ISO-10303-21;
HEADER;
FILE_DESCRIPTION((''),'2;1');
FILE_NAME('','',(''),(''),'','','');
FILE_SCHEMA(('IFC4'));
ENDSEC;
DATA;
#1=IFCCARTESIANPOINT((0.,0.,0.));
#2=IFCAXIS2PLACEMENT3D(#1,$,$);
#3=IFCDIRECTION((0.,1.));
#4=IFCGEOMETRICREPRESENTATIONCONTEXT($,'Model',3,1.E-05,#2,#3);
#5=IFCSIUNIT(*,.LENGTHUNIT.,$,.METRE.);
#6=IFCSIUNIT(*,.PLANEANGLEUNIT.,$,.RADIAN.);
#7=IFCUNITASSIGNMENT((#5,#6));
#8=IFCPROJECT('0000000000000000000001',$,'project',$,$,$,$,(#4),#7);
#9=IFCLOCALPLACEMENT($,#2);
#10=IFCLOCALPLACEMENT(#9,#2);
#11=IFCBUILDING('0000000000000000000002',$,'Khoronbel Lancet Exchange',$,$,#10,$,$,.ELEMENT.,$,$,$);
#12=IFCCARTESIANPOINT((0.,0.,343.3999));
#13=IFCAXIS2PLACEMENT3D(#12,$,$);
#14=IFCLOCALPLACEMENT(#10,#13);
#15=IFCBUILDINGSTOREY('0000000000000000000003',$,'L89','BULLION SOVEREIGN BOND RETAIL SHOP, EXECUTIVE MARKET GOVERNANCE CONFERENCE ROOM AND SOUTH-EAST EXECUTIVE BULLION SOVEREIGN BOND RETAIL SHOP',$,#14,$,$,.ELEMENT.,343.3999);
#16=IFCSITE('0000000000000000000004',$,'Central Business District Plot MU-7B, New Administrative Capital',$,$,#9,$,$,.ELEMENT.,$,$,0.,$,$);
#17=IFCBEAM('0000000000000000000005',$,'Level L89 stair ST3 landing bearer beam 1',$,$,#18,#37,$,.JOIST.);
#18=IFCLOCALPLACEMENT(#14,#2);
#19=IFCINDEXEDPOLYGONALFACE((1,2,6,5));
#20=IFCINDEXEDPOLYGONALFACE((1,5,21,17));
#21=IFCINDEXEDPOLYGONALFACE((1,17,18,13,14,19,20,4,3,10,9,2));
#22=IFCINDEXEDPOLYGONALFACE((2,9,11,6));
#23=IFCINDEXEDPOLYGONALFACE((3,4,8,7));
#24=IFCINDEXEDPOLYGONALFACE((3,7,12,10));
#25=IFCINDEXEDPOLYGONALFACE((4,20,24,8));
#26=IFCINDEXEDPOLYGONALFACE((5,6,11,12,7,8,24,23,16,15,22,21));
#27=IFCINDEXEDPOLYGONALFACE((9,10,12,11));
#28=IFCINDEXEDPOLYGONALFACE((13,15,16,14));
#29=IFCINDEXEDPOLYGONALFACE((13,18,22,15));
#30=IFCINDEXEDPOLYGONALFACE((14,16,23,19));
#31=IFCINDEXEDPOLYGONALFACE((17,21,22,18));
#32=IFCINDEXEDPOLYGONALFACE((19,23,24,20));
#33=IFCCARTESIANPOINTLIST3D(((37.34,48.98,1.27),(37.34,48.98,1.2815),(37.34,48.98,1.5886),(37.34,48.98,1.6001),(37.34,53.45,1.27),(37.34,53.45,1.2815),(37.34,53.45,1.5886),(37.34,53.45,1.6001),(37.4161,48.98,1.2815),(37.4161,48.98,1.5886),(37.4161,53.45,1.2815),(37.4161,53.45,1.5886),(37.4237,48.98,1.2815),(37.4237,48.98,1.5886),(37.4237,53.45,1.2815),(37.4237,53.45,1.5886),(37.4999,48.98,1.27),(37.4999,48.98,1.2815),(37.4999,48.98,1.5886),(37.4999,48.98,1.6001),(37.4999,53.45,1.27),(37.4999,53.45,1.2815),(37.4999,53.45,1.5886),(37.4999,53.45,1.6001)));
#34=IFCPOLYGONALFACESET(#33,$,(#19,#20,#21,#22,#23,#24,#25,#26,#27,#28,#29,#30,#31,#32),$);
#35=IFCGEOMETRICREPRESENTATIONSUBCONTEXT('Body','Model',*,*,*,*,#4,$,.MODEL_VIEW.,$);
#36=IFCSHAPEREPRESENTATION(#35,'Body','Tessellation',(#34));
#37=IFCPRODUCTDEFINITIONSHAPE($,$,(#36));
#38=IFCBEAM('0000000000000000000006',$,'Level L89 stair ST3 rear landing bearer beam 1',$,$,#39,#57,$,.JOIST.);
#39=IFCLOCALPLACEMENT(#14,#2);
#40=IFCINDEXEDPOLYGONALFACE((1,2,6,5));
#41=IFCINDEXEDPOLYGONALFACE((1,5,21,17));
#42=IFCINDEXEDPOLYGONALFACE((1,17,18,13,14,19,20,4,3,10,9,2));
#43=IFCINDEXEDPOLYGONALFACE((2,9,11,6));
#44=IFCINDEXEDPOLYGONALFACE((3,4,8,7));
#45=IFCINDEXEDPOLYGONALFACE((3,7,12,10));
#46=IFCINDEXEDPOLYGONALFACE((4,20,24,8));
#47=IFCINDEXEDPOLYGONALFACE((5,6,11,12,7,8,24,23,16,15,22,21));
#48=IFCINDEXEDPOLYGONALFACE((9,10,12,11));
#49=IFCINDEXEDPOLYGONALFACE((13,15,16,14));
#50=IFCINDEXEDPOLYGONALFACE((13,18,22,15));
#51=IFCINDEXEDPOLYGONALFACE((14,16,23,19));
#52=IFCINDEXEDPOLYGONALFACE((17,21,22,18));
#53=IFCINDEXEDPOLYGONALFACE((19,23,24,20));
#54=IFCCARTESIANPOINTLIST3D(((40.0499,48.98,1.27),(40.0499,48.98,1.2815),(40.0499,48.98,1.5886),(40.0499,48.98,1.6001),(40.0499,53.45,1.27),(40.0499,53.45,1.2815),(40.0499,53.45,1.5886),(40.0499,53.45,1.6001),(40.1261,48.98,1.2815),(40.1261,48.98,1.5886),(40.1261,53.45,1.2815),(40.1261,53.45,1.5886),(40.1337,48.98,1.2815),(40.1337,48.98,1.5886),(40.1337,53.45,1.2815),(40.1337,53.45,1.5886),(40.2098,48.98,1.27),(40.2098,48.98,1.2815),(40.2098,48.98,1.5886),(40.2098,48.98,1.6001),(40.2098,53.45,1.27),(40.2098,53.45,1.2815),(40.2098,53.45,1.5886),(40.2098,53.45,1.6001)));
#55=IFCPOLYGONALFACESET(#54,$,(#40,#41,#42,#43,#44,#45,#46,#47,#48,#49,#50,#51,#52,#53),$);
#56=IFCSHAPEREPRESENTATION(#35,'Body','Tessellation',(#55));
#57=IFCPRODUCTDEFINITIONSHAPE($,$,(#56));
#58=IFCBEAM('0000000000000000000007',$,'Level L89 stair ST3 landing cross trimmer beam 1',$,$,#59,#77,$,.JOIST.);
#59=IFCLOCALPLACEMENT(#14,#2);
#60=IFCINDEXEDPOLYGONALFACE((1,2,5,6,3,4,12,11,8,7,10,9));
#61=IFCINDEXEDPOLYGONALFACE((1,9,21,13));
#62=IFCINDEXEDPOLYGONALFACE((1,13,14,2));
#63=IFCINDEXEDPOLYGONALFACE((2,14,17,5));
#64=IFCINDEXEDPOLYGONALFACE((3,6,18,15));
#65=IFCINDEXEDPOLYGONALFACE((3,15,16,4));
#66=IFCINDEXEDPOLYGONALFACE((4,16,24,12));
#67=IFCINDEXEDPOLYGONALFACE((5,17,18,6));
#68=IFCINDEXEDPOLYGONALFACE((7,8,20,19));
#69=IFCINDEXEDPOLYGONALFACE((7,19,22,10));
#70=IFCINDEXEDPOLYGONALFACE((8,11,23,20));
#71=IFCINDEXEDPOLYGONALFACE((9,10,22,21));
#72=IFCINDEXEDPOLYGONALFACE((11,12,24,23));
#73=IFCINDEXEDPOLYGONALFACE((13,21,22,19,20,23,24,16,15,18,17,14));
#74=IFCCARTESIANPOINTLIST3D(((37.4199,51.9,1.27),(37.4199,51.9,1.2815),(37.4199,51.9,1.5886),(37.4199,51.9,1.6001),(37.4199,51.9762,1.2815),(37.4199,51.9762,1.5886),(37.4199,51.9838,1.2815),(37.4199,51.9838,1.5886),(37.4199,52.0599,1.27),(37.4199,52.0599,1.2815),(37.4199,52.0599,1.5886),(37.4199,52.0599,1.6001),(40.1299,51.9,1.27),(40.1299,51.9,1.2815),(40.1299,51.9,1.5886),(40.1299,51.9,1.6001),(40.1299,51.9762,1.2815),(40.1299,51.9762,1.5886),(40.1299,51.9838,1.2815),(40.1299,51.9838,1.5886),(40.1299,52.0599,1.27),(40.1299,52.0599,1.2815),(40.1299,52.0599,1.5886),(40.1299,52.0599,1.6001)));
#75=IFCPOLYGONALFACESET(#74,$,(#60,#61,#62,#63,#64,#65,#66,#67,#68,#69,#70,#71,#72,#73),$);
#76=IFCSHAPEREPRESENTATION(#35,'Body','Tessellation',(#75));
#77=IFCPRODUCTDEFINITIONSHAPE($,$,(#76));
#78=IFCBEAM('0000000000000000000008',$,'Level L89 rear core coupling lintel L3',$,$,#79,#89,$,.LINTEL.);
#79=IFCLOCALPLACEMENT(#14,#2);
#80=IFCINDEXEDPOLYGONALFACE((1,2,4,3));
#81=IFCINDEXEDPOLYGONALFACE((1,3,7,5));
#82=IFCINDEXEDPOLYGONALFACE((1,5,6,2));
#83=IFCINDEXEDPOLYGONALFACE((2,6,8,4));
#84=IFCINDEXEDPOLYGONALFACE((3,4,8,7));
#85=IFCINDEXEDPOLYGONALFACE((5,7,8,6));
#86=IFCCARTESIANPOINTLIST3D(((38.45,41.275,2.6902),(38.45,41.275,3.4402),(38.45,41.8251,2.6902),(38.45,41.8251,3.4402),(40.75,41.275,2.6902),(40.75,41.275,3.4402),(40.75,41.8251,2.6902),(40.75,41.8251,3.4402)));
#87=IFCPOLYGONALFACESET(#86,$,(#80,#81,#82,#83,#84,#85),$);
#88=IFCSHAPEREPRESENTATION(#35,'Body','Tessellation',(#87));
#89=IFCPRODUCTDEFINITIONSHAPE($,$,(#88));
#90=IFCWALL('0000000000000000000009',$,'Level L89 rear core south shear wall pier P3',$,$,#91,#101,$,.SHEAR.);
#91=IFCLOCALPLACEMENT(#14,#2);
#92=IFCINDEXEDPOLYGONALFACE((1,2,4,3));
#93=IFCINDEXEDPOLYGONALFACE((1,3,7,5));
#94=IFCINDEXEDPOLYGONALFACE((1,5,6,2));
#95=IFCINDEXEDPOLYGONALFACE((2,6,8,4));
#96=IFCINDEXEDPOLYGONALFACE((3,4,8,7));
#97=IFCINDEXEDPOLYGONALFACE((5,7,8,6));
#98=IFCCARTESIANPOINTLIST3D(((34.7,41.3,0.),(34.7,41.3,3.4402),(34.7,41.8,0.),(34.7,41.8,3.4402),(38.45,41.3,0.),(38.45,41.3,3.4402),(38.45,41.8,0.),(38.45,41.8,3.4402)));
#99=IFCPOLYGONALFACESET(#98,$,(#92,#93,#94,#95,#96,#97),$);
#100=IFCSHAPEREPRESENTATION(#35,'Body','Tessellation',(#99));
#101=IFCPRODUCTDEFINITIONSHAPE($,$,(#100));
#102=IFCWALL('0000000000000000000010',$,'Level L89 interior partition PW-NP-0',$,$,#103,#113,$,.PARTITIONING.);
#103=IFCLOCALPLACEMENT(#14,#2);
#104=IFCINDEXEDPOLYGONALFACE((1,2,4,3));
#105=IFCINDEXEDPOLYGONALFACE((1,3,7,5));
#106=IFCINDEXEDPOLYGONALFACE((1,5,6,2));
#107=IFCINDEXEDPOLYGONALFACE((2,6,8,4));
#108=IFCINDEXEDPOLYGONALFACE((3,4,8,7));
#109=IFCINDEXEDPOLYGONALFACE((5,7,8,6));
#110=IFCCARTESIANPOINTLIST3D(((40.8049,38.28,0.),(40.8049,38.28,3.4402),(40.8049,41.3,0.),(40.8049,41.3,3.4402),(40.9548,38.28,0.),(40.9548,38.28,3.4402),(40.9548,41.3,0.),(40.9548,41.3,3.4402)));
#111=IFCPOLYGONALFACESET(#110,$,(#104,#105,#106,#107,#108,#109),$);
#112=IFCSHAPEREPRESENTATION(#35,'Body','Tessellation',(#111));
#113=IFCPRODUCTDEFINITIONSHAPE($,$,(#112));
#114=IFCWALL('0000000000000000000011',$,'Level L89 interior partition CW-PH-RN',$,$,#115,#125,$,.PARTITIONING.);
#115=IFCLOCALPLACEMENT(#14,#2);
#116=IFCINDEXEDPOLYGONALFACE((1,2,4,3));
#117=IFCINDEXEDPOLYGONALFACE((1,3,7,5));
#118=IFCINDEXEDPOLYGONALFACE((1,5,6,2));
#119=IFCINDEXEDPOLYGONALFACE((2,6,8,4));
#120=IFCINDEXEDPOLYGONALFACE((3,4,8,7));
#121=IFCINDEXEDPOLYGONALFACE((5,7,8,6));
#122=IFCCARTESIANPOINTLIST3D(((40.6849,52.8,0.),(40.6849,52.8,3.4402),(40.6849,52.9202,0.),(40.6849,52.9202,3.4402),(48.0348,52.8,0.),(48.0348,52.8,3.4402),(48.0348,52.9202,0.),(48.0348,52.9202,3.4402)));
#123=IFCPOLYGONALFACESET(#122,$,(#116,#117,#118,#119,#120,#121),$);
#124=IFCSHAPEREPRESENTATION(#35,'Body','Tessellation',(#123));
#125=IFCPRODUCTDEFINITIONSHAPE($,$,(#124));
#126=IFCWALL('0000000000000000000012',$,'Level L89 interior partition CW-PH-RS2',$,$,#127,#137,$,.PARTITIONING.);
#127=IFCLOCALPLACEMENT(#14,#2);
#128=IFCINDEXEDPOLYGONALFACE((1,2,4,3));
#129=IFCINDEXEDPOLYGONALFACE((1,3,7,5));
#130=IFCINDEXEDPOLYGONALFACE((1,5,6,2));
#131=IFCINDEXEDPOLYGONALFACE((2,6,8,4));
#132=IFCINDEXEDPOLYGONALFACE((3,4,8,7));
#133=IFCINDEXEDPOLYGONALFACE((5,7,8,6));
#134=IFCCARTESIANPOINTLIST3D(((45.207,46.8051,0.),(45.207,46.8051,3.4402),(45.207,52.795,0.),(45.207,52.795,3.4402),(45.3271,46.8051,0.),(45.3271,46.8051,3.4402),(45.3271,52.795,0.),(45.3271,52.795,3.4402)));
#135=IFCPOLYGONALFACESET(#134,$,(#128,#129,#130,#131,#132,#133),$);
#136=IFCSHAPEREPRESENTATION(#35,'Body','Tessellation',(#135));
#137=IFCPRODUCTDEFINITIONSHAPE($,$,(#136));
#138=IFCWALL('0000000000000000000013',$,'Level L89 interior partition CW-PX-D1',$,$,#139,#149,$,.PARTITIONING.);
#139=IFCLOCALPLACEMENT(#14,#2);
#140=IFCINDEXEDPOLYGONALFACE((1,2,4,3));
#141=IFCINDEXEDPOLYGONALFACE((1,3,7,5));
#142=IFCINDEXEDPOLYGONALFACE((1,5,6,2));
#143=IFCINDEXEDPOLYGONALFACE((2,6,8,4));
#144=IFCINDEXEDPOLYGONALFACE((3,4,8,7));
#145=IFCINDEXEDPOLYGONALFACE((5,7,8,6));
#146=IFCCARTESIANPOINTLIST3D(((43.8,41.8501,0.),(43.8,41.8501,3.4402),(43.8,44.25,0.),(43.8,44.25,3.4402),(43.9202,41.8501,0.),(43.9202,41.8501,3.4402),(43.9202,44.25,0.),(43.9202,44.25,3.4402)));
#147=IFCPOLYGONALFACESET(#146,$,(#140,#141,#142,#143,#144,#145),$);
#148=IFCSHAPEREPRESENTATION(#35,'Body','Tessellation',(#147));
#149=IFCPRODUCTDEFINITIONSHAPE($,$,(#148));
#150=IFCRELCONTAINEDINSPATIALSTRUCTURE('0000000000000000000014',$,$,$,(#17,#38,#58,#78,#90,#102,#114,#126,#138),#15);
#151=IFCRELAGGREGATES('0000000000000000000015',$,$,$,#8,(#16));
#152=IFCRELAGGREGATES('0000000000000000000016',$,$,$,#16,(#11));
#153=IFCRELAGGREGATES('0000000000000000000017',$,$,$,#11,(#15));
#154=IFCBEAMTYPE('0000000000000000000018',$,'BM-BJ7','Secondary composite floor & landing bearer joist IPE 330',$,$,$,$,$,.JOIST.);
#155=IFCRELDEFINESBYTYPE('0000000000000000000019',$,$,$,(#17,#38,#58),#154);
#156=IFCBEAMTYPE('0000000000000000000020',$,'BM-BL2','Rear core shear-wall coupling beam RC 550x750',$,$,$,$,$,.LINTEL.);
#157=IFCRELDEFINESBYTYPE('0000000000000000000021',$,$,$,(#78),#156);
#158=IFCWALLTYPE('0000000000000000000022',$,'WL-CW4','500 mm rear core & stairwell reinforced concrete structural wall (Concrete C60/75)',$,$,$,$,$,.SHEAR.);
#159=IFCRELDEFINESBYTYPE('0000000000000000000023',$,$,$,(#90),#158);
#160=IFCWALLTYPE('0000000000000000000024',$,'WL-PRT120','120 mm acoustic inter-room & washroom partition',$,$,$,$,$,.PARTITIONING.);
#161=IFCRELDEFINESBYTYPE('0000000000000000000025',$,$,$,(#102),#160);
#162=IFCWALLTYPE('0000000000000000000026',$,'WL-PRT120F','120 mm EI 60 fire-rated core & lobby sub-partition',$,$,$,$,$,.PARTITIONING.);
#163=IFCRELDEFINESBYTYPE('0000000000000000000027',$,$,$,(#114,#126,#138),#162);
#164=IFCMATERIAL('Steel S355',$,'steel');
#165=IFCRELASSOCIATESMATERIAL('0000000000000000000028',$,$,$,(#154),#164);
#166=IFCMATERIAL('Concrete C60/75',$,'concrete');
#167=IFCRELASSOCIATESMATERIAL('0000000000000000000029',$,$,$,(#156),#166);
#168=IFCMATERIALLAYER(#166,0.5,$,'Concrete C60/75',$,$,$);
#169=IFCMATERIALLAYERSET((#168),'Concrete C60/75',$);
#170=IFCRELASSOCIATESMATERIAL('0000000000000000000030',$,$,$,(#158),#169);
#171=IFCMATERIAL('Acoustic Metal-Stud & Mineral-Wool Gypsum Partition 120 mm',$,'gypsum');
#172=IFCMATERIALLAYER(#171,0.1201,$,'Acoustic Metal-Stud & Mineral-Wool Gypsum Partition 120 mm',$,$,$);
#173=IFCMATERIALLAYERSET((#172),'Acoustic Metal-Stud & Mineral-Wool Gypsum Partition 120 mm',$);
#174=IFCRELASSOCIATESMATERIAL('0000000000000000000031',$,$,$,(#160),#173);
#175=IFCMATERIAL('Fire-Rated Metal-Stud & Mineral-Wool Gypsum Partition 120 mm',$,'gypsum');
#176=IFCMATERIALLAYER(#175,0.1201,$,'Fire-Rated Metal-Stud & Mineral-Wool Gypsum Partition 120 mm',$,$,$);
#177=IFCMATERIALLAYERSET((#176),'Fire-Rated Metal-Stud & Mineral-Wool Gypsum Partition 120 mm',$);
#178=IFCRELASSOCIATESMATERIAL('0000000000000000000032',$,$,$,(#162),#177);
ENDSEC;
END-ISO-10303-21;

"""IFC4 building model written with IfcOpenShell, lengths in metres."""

from ifc_helpers import new_model, si_unit, direction, frame, frame_2d, origin, origin_2d, place, context, subcontext, project, spatial, rectangle, i_section, extrude, material, layer, layer_set, material_profile, profile_set, type_object, element, save


model = new_model("IFC4")

# Units and contexts
model_context = context("Model", 3, precision=1e-05, world=origin(), true_north=direction((0.0, 1.0)))
body_context = subcontext(model_context, "Body", "Model", "MODEL_VIEW")
ifc_project = project(units=[si_unit("LENGTHUNIT", "METRE"), si_unit("PLANEANGLEUNIT", "RADIAN")], contexts=[model_context])

# Site, building, storey
site_placement = place(None, origin())
site = spatial("IfcSite", under=ifc_project, at=site_placement, Name="Central Business District Plot MU-7B, New Administrative Capital", CompositionType="ELEMENT", RefElevation=0.0)
building_placement = place(site_placement, origin())
building = spatial("IfcBuilding", under=site, at=building_placement, Name="Khoronbel Lancet Exchange", CompositionType="ELEMENT")
storey_placement = place(building_placement, frame((0.0, 0.0, 343.3999)))
storey = spatial("IfcBuildingStorey", under=building, at=storey_placement, Name="L89", Description="BULLION SOVEREIGN BOND RETAIL SHOP, EXECUTIVE MARKET GOVERNANCE CONFERENCE ROOM AND SOUTH-EAST EXECUTIVE BULLION SOVEREIGN BOND RETAIL SHOP", CompositionType="ELEMENT", Elevation=343.3999)

# Beams
ifc_material_1 = material(Name="Steel S355", Category="steel")
ifc_material_profile_1 = material_profile(ifc_material_1, i_section(OverallWidth=0.1599, OverallDepth=0.3301, WebThickness=0.0076, FlangeThickness=0.0115, at=origin_2d()), Name="IPE 330")
ifc_profile_set_1 = profile_set([ifc_material_profile_1], Name="Steel S355")
beam_type_1 = type_object("IfcBeamType", Name="BM-BJ7", Description="Secondary composite floor & landing bearer joist IPE 330", PredefinedType="JOIST", material=ifc_profile_set_1)
for number, where, z_axis, x_axis, name in (
    (1, (37.4199, 48.98, 1.4351), (0.0, 1.0, 0.0), (-1.0, 0.0, 0.0), "Level L89 stair ST3 landing bearer beam 1"),
    (2, (40.1299, 48.98, 1.4351), (0.0, 1.0, 0.0), (-1.0, 0.0, 0.0), "Level L89 stair ST3 rear landing bearer beam 1"),
):
    element("IfcBeam", number, at=place(storey_placement, frame(where, z_axis=z_axis, x_axis=x_axis)), inside=storey, type_object=beam_type_1, Name=name, PredefinedType="JOIST", context=body_context, shape_type="SweptSolid", body=[
        extrude(i_section(OverallWidth=0.1599, OverallDepth=0.3301, WebThickness=0.0076, FlangeThickness=0.0115, at=origin_2d()), origin(), (0.0, 0.0, 1.0), 4.47),
    ])
beam_1_placement = place(storey_placement, frame((37.4199, 51.98, 1.4351), z_axis=(1.0, 0.0, 0.0), x_axis=(0.0, 1.0, 0.0)))
element("IfcBeam", 3, at=beam_1_placement, inside=storey, type_object=beam_type_1, Name="Level L89 stair ST3 landing cross trimmer beam 1", PredefinedType="JOIST", context=body_context, shape_type="SweptSolid", body=[
    extrude(i_section(OverallWidth=0.1599, OverallDepth=0.3301, WebThickness=0.0076, FlangeThickness=0.0115, at=origin_2d()), origin(), (0.0, 0.0, 1.0), 2.71),
])
ifc_material_2 = material(Name="Concrete C60/75", Category="concrete")
ifc_material_profile_2 = material_profile(ifc_material_2, rectangle(XDim=0.55, YDim=0.75, at=origin_2d()), Name="RC 550x750")
ifc_profile_set_2 = profile_set([ifc_material_profile_2], Name="Concrete C60/75")
beam_type_2 = type_object("IfcBeamType", Name="BM-BL2", Description="Rear core shear-wall coupling beam RC 550x750", PredefinedType="LINTEL", material=ifc_profile_set_2)
beam_2_placement = place(storey_placement, frame((38.45, 41.55, 3.0652), z_axis=(1.0, 0.0, 0.0), x_axis=(0.0, 1.0, 0.0)))
element("IfcBeam", 4, at=beam_2_placement, inside=storey, type_object=beam_type_2, Name="Level L89 rear core coupling lintel L3", PredefinedType="LINTEL", context=body_context, shape_type="SweptSolid", body=[
    extrude(rectangle(XDim=0.55, YDim=0.75, at=origin_2d()), origin(), (0.0, 0.0, 1.0), 2.3),
])

# Walls
ifc_layer_1 = layer(ifc_material_2, 0.5, Name="Concrete C60/75")
ifc_layer_set_1 = layer_set([ifc_layer_1], Name="Concrete C60/75")
wall_type_1 = type_object("IfcWallType", Name="WL-CW4", Description="500 mm rear core & stairwell reinforced concrete structural wall (Concrete C60/75)", PredefinedType="SHEAR", material=ifc_layer_set_1)
wall_1_placement = place(storey_placement, frame((38.45, 41.55, 0.0), z_axis=(0.0, 0.0, 1.0), x_axis=(-1.0, 0.0, 0.0)))
element("IfcWall", 5, at=wall_1_placement, inside=storey, type_object=wall_type_1, Name="Level L89 rear core south shear wall pier P3", PredefinedType="SHEAR", context=body_context, shape_type="SweptSolid", body=[
    extrude(rectangle(XDim=3.75, YDim=0.5, at=frame_2d((1.875, 0.0))), origin(), (0.0, 0.0, 1.0), 3.4402),
])
ifc_material_3 = material(Name="Acoustic Metal-Stud & Mineral-Wool Gypsum Partition 120 mm", Category="gypsum")
ifc_layer_2 = layer(ifc_material_3, 0.1201, Name="Acoustic Metal-Stud & Mineral-Wool Gypsum Partition 120 mm")
ifc_layer_set_2 = layer_set([ifc_layer_2], Name="Acoustic Metal-Stud & Mineral-Wool Gypsum Partition 120 mm")
wall_type_2 = type_object("IfcWallType", Name="WL-PRT120", Description="120 mm acoustic inter-room & washroom partition", PredefinedType="PARTITIONING", material=ifc_layer_set_2)
wall_2_placement = place(storey_placement, frame((40.8799, 38.28, 0.0), z_axis=(0.0, 0.0, 1.0), x_axis=(0.0, 1.0, 0.0)))
element("IfcWall", 6, at=wall_2_placement, inside=storey, type_object=wall_type_2, Name="Level L89 interior partition PW-NP-0", PredefinedType="PARTITIONING", context=body_context, shape_type="SweptSolid", body=[
    extrude(rectangle(XDim=3.02, YDim=0.1499, at=frame_2d((1.51, 0.0))), origin(), (0.0, 0.0, 1.0), 3.4402),
])
ifc_material_4 = material(Name="Fire-Rated Metal-Stud & Mineral-Wool Gypsum Partition 120 mm", Category="gypsum")
ifc_layer_3 = layer(ifc_material_4, 0.1201, Name="Fire-Rated Metal-Stud & Mineral-Wool Gypsum Partition 120 mm")
ifc_layer_set_3 = layer_set([ifc_layer_3], Name="Fire-Rated Metal-Stud & Mineral-Wool Gypsum Partition 120 mm")
wall_type_3 = type_object("IfcWallType", Name="WL-PRT120F", Description="120 mm EI 60 fire-rated core & lobby sub-partition", PredefinedType="PARTITIONING", material=ifc_layer_set_3)
wall_3_placement = place(storey_placement, frame((40.6851, 52.8601, 0.0), z_axis=(0.0, 0.0, 1.0), x_axis=(1.0, 0.0, 0.0)))
element("IfcWall", 7, at=wall_3_placement, inside=storey, type_object=wall_type_3, Name="Level L89 interior partition CW-PH-RN", PredefinedType="PARTITIONING", context=body_context, shape_type="SweptSolid", body=[
    extrude(rectangle(XDim=7.3499, YDim=0.1201, at=frame_2d((3.6748, 0.0))), origin(), (0.0, 0.0, 1.0), 3.4402),
])
wall_4_placement = place(storey_placement, frame((45.2671, 46.8049, 0.0), z_axis=(0.0, 0.0, 1.0), x_axis=(0.0, 1.0, 0.0)))
element("IfcWall", 8, at=wall_4_placement, inside=storey, type_object=wall_type_3, Name="Level L89 interior partition CW-PH-RS2", PredefinedType="PARTITIONING", context=body_context, shape_type="SweptSolid", body=[
    extrude(rectangle(XDim=5.99, YDim=0.1201, at=frame_2d((2.9951, 0.0))), origin(), (0.0, 0.0, 1.0), 3.4402),
])
wall_5_placement = place(storey_placement, frame((43.8601, 41.8501, 0.0), z_axis=(0.0, 0.0, 1.0), x_axis=(0.0, 1.0, 0.0)))
element("IfcWall", 9, at=wall_5_placement, inside=storey, type_object=wall_type_3, Name="Level L89 interior partition CW-PX-D1", PredefinedType="PARTITIONING", context=body_context, shape_type="SweptSolid", body=[
    extrude(rectangle(XDim=2.3999, YDim=0.1201, at=frame_2d((1.2, 0.0))), origin(), (0.0, 0.0, 1.0), 3.4402),
])

save(model, "model.ifc")
